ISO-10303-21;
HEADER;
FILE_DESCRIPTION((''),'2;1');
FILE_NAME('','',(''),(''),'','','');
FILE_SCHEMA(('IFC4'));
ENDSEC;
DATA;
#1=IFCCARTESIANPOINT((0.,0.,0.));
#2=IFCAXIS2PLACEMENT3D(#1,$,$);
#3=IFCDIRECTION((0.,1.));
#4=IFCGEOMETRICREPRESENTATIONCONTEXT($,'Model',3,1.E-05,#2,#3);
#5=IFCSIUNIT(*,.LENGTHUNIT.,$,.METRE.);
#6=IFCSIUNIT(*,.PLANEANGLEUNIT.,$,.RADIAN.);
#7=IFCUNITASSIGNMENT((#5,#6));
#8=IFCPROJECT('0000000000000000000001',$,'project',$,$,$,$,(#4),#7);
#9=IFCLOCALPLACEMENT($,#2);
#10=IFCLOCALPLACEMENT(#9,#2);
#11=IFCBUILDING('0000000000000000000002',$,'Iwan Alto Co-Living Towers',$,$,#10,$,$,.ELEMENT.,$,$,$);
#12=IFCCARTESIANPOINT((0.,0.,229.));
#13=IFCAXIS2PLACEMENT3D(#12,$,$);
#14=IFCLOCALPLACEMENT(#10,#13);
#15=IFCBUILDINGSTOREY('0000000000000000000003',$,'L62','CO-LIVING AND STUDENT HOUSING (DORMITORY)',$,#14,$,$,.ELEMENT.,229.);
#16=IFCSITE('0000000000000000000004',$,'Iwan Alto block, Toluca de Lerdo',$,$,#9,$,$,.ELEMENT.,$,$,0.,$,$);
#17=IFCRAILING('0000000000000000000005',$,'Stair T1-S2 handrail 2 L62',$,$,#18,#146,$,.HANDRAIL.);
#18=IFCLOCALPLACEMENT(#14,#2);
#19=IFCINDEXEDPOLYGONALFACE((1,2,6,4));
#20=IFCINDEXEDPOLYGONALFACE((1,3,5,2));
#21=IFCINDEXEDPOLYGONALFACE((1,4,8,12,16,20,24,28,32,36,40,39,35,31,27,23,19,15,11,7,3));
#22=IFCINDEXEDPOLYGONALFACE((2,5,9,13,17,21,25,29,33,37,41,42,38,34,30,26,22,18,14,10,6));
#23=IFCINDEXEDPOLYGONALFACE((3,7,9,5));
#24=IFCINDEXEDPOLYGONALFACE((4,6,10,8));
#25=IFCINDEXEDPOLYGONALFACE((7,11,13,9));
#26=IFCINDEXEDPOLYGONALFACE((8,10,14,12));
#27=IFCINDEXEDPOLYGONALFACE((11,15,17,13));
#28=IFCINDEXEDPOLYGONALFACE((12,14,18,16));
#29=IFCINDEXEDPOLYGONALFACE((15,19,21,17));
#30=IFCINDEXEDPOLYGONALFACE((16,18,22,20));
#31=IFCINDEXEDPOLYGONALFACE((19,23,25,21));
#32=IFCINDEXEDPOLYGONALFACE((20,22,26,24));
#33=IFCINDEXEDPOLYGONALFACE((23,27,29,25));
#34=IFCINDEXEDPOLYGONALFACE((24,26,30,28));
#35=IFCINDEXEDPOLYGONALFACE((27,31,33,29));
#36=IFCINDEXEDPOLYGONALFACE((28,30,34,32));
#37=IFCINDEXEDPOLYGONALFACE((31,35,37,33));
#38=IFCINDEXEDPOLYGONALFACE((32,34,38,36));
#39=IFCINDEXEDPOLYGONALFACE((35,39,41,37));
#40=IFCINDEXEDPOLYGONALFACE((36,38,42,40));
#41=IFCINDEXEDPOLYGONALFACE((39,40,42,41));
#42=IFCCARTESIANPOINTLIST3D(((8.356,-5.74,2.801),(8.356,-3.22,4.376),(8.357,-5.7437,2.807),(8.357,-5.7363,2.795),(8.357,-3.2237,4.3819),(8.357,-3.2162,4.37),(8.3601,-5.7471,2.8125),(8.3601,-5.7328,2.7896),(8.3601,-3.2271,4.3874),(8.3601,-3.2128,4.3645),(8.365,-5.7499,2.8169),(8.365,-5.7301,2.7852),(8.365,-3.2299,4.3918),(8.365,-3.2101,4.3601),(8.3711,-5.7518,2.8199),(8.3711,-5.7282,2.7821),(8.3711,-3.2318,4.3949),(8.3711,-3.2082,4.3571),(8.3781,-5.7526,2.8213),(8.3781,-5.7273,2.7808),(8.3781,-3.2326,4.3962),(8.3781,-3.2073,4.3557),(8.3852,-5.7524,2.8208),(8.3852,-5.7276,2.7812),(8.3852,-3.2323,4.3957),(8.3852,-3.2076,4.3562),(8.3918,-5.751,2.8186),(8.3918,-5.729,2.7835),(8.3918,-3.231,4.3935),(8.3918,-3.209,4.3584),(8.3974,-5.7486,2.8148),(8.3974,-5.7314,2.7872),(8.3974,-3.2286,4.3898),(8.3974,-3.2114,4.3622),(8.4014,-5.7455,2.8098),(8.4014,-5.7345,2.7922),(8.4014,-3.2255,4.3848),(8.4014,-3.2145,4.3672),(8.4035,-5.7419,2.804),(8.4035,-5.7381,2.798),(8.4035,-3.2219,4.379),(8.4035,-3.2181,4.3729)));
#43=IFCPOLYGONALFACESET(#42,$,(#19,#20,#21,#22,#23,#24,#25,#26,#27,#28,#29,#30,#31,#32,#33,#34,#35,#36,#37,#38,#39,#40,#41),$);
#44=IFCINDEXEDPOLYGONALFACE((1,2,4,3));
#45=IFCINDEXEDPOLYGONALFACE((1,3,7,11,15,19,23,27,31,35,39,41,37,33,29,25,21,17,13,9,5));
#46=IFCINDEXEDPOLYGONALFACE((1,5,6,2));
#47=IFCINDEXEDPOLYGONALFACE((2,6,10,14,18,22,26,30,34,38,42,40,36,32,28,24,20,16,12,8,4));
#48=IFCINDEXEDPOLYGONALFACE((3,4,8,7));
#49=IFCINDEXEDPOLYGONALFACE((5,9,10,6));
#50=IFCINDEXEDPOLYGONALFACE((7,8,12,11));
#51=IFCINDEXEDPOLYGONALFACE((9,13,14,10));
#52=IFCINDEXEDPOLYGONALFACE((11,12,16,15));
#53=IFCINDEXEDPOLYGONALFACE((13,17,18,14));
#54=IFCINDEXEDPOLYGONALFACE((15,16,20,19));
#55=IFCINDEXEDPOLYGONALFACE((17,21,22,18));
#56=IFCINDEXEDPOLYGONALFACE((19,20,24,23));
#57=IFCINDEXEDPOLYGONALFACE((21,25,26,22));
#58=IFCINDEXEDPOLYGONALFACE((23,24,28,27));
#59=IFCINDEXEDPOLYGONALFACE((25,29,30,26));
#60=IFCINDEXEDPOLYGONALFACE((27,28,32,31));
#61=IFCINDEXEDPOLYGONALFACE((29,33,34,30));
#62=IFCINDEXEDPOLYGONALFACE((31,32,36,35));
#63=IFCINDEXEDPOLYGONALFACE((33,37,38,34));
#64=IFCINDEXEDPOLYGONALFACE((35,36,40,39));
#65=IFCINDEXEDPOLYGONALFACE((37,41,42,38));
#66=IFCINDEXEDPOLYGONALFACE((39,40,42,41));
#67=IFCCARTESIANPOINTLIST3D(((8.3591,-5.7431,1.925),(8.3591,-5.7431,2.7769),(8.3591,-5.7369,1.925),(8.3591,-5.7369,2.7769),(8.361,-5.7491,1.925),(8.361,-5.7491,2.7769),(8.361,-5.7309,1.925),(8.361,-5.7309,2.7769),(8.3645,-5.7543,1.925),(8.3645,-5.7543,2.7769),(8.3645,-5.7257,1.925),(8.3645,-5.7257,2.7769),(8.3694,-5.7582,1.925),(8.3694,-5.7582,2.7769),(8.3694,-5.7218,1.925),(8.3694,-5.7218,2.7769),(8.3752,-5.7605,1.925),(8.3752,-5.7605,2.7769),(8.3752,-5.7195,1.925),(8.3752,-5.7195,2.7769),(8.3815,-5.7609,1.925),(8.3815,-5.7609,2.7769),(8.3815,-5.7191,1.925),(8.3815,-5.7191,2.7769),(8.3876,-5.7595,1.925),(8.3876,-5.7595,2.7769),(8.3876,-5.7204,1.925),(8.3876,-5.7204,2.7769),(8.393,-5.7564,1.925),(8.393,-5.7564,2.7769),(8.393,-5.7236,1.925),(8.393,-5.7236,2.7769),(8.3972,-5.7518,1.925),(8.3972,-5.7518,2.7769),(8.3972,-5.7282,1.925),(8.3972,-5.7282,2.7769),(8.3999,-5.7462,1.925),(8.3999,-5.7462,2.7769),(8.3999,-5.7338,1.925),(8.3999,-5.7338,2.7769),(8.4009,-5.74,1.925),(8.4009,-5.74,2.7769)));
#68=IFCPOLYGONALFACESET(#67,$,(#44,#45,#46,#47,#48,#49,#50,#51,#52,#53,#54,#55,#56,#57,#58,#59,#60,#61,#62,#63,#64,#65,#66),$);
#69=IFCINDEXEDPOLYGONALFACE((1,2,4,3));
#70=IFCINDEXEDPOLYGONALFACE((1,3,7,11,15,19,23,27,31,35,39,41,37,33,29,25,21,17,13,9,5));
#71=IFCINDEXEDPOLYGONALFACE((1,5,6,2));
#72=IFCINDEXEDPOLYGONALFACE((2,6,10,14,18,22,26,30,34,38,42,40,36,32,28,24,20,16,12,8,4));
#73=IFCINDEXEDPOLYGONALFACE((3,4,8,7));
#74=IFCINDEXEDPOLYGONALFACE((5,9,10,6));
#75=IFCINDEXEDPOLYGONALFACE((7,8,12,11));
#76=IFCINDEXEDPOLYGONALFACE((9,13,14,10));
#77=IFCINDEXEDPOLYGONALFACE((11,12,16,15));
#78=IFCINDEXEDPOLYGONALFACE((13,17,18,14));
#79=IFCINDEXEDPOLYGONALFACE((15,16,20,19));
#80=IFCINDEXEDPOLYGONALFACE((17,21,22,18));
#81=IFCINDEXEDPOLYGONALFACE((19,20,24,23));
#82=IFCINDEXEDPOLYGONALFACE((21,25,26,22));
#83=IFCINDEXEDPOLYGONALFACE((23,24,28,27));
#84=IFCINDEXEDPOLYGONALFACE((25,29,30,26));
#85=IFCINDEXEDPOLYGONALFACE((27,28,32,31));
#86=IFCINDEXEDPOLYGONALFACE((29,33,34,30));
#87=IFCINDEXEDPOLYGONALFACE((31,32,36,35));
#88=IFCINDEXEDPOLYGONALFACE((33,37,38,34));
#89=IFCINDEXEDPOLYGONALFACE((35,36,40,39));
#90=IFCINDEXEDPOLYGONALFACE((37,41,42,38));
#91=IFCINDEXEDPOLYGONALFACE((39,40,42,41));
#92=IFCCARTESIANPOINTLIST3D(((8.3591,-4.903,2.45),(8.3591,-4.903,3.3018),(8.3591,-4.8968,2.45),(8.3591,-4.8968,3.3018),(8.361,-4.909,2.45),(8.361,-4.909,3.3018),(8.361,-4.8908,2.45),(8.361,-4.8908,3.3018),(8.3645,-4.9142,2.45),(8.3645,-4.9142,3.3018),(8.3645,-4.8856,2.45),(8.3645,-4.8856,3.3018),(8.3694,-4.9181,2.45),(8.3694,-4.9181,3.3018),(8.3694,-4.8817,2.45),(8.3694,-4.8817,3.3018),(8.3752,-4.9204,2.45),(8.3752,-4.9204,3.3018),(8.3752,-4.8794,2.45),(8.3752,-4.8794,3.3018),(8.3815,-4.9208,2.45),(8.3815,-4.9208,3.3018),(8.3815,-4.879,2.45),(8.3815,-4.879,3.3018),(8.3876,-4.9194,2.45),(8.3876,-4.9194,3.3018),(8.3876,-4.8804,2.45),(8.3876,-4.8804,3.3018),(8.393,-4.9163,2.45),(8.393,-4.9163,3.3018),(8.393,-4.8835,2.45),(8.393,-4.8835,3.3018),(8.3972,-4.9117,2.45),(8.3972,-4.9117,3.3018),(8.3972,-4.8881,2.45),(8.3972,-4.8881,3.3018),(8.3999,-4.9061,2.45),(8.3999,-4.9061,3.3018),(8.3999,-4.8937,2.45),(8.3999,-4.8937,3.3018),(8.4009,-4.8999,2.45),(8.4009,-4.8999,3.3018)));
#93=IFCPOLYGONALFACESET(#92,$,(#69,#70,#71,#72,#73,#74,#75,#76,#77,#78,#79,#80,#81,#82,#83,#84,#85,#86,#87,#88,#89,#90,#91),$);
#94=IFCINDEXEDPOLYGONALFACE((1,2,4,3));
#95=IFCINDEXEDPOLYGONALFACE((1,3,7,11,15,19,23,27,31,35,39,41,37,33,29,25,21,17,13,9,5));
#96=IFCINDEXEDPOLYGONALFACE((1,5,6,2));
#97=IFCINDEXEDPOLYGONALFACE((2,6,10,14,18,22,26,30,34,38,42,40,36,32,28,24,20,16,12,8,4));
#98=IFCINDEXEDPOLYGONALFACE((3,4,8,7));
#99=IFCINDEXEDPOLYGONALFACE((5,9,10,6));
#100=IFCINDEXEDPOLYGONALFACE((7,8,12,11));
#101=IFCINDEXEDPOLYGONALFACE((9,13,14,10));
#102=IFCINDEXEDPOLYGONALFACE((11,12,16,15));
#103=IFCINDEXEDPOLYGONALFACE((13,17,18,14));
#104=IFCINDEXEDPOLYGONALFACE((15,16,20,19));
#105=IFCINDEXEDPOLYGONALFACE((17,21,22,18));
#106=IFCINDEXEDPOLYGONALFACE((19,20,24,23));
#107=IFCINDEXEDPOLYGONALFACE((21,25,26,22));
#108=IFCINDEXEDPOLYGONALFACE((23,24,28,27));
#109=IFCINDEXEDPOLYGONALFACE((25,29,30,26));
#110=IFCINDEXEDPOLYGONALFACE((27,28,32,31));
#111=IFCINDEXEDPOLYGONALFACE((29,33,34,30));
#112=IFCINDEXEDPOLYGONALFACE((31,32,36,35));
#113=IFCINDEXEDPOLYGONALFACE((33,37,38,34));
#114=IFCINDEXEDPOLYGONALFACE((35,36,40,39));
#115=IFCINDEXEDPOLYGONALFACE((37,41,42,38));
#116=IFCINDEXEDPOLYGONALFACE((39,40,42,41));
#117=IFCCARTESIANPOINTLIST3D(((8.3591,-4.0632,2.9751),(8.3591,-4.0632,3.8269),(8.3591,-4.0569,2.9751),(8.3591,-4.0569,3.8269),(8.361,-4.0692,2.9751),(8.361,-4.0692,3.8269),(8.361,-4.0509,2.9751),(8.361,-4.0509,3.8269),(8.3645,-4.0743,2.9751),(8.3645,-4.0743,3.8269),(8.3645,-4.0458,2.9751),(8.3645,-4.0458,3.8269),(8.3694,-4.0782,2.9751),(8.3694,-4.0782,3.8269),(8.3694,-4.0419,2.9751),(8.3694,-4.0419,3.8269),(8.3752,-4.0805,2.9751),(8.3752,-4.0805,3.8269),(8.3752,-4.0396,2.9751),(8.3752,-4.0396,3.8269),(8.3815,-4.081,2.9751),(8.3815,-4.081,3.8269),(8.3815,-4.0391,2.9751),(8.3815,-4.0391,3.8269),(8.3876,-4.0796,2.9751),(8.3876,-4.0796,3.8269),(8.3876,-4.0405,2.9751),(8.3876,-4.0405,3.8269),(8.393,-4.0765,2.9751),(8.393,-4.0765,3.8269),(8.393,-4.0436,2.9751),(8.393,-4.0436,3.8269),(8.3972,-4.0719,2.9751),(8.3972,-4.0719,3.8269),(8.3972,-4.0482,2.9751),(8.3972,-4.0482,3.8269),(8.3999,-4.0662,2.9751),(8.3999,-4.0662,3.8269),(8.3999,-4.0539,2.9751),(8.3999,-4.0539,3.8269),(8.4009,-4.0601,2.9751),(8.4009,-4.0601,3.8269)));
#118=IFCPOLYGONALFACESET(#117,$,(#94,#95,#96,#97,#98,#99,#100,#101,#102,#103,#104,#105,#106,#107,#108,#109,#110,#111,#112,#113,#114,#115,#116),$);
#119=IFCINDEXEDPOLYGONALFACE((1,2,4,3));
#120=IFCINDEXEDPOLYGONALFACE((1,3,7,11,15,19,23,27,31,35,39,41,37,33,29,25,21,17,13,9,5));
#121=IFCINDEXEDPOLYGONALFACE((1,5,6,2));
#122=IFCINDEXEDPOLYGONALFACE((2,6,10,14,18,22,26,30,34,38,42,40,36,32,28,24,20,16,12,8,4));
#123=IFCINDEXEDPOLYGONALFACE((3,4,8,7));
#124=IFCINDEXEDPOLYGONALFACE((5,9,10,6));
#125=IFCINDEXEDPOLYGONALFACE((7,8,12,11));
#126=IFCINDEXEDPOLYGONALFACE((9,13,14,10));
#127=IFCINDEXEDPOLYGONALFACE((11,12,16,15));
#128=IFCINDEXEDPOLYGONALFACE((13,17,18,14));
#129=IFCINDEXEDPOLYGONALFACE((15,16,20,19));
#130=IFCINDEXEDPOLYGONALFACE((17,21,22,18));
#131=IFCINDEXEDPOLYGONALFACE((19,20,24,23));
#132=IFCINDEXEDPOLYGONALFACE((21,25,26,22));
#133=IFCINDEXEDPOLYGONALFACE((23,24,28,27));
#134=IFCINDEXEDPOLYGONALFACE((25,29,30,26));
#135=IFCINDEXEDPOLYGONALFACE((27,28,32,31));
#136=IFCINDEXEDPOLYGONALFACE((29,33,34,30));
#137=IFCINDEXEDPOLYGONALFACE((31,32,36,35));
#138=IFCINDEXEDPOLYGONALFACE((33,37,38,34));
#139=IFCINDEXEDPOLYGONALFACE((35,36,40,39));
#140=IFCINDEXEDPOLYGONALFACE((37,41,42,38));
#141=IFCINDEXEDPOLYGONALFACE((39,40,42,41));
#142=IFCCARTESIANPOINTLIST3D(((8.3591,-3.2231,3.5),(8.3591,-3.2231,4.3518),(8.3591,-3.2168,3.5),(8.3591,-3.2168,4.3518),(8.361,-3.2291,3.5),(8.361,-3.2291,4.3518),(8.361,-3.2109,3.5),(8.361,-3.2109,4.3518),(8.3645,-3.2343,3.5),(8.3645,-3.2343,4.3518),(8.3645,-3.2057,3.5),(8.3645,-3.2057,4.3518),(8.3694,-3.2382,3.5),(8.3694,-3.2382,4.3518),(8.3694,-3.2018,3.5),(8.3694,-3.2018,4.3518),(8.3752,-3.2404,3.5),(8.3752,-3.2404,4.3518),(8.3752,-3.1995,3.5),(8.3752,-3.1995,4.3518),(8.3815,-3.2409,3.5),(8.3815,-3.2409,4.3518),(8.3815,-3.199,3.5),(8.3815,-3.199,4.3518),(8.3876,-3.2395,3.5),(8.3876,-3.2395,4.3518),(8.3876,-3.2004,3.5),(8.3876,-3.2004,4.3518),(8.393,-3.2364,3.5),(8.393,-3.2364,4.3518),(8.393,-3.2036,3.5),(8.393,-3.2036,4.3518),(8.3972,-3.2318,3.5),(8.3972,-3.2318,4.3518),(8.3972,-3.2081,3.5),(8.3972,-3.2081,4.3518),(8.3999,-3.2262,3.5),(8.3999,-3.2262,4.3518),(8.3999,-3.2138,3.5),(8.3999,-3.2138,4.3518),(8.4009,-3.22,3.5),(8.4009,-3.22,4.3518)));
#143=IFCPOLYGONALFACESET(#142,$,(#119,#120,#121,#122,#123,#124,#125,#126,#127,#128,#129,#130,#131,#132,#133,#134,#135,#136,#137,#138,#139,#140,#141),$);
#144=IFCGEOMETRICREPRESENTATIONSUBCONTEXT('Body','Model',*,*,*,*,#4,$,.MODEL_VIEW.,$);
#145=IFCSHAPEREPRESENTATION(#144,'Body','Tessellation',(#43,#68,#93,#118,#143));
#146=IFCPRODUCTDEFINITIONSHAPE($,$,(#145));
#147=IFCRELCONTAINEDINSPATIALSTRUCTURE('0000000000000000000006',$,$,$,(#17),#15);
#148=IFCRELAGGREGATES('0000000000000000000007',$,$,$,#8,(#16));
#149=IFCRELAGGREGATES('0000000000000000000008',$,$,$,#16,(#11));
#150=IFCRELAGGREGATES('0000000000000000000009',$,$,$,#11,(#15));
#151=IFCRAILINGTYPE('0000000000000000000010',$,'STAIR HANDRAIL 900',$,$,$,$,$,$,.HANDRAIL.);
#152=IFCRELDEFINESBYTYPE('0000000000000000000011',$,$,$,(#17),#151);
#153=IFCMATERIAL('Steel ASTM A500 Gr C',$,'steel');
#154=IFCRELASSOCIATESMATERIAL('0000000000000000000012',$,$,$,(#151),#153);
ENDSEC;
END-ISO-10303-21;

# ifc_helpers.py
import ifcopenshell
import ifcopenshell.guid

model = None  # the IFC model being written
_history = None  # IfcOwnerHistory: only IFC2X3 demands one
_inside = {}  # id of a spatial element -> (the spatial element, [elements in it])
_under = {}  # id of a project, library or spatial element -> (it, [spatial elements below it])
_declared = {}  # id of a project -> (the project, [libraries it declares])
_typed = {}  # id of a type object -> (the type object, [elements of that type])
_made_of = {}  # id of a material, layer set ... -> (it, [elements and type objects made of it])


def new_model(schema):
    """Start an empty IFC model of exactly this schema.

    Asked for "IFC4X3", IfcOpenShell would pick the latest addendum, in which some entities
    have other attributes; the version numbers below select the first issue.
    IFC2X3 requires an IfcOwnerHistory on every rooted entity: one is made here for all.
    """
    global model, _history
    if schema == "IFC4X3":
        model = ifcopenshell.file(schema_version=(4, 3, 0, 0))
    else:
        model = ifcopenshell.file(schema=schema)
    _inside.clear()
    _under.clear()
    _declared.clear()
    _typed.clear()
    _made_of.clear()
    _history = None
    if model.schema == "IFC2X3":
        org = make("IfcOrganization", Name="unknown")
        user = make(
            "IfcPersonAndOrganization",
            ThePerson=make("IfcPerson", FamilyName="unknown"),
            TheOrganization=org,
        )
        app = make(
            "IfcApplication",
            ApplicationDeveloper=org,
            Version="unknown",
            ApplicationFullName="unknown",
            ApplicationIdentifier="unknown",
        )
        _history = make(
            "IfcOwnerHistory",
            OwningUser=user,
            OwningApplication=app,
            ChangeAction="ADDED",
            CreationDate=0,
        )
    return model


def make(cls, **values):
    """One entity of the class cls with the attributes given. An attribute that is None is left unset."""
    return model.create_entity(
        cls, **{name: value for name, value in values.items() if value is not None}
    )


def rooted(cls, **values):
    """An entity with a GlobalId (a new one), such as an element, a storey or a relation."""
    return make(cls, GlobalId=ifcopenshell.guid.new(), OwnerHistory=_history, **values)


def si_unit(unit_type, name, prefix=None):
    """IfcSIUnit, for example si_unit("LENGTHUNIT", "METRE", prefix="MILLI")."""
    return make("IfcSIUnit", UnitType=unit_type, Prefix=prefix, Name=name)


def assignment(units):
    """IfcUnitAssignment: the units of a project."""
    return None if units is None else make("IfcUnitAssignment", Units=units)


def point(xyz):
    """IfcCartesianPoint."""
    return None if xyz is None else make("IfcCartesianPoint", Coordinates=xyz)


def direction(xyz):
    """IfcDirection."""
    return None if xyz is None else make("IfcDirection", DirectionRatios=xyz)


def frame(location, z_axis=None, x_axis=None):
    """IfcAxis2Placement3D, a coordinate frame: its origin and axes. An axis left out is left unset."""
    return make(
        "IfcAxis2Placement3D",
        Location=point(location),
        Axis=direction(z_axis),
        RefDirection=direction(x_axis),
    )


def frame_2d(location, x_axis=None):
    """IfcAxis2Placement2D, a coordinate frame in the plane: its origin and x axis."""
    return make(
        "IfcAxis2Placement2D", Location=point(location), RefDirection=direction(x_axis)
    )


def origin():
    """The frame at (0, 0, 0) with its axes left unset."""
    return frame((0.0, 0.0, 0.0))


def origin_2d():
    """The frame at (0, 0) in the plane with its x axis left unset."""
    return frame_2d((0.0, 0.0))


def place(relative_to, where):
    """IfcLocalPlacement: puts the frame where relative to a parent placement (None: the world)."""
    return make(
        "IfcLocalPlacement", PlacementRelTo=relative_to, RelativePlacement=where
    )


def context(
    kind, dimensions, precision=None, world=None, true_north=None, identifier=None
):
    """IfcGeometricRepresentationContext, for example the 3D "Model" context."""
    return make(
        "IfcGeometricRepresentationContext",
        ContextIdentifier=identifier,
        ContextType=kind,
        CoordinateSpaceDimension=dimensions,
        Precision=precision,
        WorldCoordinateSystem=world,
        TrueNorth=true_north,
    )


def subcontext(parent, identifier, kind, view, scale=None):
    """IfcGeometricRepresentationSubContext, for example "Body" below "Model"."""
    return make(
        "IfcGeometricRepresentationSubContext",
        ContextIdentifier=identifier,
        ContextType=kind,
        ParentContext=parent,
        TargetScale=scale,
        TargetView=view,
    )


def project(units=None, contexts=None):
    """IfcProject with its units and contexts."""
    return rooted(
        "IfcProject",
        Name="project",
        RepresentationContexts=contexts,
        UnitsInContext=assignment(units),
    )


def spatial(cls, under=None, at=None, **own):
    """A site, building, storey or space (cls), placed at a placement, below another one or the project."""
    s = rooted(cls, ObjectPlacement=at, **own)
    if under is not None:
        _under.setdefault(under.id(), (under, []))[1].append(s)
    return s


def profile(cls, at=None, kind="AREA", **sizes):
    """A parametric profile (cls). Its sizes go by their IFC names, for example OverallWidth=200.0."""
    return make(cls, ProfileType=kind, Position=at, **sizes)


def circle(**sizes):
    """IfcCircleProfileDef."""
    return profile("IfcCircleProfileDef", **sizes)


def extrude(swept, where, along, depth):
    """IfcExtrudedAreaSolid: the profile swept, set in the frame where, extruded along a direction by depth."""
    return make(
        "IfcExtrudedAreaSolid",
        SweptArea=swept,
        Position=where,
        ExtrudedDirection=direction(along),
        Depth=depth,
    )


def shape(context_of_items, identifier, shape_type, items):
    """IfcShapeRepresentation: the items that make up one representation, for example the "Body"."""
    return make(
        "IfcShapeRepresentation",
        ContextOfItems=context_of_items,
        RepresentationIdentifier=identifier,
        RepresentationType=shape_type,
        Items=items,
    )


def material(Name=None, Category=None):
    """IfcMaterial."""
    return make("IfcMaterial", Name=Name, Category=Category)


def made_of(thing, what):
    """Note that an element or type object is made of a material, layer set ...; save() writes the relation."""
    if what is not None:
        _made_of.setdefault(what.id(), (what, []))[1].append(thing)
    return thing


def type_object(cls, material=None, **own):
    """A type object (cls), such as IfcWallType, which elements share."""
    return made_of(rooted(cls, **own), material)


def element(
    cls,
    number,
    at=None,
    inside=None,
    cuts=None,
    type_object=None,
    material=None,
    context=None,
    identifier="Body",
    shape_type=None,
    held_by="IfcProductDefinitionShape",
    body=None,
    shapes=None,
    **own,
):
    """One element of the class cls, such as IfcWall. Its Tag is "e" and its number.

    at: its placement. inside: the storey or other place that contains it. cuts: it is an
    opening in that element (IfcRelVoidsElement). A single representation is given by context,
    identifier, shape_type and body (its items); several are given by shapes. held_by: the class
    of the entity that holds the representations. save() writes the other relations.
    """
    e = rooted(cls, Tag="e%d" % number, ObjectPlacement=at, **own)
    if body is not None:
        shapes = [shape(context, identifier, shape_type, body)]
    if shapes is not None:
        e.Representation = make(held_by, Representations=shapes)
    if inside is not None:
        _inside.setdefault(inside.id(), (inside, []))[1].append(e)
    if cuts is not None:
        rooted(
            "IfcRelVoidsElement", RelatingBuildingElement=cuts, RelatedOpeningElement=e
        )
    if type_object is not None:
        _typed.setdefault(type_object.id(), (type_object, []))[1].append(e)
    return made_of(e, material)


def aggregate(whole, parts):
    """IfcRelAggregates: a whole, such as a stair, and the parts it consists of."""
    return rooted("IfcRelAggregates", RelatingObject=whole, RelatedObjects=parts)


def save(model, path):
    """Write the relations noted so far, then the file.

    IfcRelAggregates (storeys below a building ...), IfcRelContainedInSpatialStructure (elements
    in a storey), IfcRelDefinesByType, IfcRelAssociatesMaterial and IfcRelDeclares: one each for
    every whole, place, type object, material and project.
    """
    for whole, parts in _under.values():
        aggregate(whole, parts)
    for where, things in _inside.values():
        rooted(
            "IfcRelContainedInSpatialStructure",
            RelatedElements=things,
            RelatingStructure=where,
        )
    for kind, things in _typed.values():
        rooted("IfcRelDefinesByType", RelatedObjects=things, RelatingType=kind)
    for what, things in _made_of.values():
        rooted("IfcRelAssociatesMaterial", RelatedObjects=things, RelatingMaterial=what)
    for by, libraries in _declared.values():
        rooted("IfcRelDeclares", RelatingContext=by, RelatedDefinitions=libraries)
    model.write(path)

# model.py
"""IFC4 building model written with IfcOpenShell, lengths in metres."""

from ifc_helpers import new_model, si_unit, direction, frame, origin, origin_2d, place, context, subcontext, project, spatial, circle, extrude, material, type_object, element, save


model = new_model("IFC4")

# Units and contexts
model_context = context("Model", 3, precision=1e-05, world=origin(), true_north=direction((0.0, 1.0)))
body_context = subcontext(model_context, "Body", "Model", "MODEL_VIEW")
ifc_project = project(units=[si_unit("LENGTHUNIT", "METRE"), si_unit("PLANEANGLEUNIT", "RADIAN")], contexts=[model_context])

# Site, building, storey
site_placement = place(None, origin())
site = spatial("IfcSite", under=ifc_project, at=site_placement, Name="Iwan Alto block, Toluca de Lerdo", CompositionType="ELEMENT", RefElevation=0.0)
building_placement = place(site_placement, origin())
building = spatial("IfcBuilding", under=site, at=building_placement, Name="Iwan Alto Co-Living Towers", CompositionType="ELEMENT")
storey_placement = place(building_placement, frame((0.0, 0.0, 229.0)))
storey = spatial("IfcBuildingStorey", under=building, at=storey_placement, Name="L62", Description="CO-LIVING AND STUDENT HOUSING (DORMITORY)", CompositionType="ELEMENT", Elevation=229.0)

# Railing
ifc_material_1 = material(Name="Steel ASTM A500 Gr C", Category="steel")
railing_type_1 = type_object("IfcRailingType", Name="STAIR HANDRAIL 900", PredefinedType="HANDRAIL", material=ifc_material_1)
railing_1_placement = place(storey_placement, frame((8.3799, -5.74, 1.925)))
element("IfcRailing", 1, at=railing_1_placement, inside=storey, type_object=railing_type_1, Name="Stair T1-S2 handrail 2 L62", PredefinedType="HANDRAIL", context=body_context, shape_type="SweptSolid", body=[
    extrude(circle(Radius=0.0239, at=origin_2d()), frame((0.0, 0.0, 0.876), z_axis=(0.0, 0.848008, 0.529984), x_axis=(-1.0, 0.0, 0.0)), (0.0, 0.0, 1.0), 2.9717),
    extrude(circle(Radius=0.021, at=origin_2d()), origin(), (0.0, 0.0, 1.0), 0.8518),
    extrude(circle(Radius=0.021, at=origin_2d()), frame((0.0, 0.8401, 0.5249)), (0.0, 0.0, 1.0), 0.8518),
    extrude(circle(Radius=0.021, at=origin_2d()), frame((0.0, 1.6799, 1.05)), (0.0, 0.0, 1.0), 0.8518),
    extrude(circle(Radius=0.021, at=origin_2d()), frame((0.0, 2.52, 1.575)), (0.0, 0.0, 1.0), 0.8518),
])

save(model, "model.ifc")
